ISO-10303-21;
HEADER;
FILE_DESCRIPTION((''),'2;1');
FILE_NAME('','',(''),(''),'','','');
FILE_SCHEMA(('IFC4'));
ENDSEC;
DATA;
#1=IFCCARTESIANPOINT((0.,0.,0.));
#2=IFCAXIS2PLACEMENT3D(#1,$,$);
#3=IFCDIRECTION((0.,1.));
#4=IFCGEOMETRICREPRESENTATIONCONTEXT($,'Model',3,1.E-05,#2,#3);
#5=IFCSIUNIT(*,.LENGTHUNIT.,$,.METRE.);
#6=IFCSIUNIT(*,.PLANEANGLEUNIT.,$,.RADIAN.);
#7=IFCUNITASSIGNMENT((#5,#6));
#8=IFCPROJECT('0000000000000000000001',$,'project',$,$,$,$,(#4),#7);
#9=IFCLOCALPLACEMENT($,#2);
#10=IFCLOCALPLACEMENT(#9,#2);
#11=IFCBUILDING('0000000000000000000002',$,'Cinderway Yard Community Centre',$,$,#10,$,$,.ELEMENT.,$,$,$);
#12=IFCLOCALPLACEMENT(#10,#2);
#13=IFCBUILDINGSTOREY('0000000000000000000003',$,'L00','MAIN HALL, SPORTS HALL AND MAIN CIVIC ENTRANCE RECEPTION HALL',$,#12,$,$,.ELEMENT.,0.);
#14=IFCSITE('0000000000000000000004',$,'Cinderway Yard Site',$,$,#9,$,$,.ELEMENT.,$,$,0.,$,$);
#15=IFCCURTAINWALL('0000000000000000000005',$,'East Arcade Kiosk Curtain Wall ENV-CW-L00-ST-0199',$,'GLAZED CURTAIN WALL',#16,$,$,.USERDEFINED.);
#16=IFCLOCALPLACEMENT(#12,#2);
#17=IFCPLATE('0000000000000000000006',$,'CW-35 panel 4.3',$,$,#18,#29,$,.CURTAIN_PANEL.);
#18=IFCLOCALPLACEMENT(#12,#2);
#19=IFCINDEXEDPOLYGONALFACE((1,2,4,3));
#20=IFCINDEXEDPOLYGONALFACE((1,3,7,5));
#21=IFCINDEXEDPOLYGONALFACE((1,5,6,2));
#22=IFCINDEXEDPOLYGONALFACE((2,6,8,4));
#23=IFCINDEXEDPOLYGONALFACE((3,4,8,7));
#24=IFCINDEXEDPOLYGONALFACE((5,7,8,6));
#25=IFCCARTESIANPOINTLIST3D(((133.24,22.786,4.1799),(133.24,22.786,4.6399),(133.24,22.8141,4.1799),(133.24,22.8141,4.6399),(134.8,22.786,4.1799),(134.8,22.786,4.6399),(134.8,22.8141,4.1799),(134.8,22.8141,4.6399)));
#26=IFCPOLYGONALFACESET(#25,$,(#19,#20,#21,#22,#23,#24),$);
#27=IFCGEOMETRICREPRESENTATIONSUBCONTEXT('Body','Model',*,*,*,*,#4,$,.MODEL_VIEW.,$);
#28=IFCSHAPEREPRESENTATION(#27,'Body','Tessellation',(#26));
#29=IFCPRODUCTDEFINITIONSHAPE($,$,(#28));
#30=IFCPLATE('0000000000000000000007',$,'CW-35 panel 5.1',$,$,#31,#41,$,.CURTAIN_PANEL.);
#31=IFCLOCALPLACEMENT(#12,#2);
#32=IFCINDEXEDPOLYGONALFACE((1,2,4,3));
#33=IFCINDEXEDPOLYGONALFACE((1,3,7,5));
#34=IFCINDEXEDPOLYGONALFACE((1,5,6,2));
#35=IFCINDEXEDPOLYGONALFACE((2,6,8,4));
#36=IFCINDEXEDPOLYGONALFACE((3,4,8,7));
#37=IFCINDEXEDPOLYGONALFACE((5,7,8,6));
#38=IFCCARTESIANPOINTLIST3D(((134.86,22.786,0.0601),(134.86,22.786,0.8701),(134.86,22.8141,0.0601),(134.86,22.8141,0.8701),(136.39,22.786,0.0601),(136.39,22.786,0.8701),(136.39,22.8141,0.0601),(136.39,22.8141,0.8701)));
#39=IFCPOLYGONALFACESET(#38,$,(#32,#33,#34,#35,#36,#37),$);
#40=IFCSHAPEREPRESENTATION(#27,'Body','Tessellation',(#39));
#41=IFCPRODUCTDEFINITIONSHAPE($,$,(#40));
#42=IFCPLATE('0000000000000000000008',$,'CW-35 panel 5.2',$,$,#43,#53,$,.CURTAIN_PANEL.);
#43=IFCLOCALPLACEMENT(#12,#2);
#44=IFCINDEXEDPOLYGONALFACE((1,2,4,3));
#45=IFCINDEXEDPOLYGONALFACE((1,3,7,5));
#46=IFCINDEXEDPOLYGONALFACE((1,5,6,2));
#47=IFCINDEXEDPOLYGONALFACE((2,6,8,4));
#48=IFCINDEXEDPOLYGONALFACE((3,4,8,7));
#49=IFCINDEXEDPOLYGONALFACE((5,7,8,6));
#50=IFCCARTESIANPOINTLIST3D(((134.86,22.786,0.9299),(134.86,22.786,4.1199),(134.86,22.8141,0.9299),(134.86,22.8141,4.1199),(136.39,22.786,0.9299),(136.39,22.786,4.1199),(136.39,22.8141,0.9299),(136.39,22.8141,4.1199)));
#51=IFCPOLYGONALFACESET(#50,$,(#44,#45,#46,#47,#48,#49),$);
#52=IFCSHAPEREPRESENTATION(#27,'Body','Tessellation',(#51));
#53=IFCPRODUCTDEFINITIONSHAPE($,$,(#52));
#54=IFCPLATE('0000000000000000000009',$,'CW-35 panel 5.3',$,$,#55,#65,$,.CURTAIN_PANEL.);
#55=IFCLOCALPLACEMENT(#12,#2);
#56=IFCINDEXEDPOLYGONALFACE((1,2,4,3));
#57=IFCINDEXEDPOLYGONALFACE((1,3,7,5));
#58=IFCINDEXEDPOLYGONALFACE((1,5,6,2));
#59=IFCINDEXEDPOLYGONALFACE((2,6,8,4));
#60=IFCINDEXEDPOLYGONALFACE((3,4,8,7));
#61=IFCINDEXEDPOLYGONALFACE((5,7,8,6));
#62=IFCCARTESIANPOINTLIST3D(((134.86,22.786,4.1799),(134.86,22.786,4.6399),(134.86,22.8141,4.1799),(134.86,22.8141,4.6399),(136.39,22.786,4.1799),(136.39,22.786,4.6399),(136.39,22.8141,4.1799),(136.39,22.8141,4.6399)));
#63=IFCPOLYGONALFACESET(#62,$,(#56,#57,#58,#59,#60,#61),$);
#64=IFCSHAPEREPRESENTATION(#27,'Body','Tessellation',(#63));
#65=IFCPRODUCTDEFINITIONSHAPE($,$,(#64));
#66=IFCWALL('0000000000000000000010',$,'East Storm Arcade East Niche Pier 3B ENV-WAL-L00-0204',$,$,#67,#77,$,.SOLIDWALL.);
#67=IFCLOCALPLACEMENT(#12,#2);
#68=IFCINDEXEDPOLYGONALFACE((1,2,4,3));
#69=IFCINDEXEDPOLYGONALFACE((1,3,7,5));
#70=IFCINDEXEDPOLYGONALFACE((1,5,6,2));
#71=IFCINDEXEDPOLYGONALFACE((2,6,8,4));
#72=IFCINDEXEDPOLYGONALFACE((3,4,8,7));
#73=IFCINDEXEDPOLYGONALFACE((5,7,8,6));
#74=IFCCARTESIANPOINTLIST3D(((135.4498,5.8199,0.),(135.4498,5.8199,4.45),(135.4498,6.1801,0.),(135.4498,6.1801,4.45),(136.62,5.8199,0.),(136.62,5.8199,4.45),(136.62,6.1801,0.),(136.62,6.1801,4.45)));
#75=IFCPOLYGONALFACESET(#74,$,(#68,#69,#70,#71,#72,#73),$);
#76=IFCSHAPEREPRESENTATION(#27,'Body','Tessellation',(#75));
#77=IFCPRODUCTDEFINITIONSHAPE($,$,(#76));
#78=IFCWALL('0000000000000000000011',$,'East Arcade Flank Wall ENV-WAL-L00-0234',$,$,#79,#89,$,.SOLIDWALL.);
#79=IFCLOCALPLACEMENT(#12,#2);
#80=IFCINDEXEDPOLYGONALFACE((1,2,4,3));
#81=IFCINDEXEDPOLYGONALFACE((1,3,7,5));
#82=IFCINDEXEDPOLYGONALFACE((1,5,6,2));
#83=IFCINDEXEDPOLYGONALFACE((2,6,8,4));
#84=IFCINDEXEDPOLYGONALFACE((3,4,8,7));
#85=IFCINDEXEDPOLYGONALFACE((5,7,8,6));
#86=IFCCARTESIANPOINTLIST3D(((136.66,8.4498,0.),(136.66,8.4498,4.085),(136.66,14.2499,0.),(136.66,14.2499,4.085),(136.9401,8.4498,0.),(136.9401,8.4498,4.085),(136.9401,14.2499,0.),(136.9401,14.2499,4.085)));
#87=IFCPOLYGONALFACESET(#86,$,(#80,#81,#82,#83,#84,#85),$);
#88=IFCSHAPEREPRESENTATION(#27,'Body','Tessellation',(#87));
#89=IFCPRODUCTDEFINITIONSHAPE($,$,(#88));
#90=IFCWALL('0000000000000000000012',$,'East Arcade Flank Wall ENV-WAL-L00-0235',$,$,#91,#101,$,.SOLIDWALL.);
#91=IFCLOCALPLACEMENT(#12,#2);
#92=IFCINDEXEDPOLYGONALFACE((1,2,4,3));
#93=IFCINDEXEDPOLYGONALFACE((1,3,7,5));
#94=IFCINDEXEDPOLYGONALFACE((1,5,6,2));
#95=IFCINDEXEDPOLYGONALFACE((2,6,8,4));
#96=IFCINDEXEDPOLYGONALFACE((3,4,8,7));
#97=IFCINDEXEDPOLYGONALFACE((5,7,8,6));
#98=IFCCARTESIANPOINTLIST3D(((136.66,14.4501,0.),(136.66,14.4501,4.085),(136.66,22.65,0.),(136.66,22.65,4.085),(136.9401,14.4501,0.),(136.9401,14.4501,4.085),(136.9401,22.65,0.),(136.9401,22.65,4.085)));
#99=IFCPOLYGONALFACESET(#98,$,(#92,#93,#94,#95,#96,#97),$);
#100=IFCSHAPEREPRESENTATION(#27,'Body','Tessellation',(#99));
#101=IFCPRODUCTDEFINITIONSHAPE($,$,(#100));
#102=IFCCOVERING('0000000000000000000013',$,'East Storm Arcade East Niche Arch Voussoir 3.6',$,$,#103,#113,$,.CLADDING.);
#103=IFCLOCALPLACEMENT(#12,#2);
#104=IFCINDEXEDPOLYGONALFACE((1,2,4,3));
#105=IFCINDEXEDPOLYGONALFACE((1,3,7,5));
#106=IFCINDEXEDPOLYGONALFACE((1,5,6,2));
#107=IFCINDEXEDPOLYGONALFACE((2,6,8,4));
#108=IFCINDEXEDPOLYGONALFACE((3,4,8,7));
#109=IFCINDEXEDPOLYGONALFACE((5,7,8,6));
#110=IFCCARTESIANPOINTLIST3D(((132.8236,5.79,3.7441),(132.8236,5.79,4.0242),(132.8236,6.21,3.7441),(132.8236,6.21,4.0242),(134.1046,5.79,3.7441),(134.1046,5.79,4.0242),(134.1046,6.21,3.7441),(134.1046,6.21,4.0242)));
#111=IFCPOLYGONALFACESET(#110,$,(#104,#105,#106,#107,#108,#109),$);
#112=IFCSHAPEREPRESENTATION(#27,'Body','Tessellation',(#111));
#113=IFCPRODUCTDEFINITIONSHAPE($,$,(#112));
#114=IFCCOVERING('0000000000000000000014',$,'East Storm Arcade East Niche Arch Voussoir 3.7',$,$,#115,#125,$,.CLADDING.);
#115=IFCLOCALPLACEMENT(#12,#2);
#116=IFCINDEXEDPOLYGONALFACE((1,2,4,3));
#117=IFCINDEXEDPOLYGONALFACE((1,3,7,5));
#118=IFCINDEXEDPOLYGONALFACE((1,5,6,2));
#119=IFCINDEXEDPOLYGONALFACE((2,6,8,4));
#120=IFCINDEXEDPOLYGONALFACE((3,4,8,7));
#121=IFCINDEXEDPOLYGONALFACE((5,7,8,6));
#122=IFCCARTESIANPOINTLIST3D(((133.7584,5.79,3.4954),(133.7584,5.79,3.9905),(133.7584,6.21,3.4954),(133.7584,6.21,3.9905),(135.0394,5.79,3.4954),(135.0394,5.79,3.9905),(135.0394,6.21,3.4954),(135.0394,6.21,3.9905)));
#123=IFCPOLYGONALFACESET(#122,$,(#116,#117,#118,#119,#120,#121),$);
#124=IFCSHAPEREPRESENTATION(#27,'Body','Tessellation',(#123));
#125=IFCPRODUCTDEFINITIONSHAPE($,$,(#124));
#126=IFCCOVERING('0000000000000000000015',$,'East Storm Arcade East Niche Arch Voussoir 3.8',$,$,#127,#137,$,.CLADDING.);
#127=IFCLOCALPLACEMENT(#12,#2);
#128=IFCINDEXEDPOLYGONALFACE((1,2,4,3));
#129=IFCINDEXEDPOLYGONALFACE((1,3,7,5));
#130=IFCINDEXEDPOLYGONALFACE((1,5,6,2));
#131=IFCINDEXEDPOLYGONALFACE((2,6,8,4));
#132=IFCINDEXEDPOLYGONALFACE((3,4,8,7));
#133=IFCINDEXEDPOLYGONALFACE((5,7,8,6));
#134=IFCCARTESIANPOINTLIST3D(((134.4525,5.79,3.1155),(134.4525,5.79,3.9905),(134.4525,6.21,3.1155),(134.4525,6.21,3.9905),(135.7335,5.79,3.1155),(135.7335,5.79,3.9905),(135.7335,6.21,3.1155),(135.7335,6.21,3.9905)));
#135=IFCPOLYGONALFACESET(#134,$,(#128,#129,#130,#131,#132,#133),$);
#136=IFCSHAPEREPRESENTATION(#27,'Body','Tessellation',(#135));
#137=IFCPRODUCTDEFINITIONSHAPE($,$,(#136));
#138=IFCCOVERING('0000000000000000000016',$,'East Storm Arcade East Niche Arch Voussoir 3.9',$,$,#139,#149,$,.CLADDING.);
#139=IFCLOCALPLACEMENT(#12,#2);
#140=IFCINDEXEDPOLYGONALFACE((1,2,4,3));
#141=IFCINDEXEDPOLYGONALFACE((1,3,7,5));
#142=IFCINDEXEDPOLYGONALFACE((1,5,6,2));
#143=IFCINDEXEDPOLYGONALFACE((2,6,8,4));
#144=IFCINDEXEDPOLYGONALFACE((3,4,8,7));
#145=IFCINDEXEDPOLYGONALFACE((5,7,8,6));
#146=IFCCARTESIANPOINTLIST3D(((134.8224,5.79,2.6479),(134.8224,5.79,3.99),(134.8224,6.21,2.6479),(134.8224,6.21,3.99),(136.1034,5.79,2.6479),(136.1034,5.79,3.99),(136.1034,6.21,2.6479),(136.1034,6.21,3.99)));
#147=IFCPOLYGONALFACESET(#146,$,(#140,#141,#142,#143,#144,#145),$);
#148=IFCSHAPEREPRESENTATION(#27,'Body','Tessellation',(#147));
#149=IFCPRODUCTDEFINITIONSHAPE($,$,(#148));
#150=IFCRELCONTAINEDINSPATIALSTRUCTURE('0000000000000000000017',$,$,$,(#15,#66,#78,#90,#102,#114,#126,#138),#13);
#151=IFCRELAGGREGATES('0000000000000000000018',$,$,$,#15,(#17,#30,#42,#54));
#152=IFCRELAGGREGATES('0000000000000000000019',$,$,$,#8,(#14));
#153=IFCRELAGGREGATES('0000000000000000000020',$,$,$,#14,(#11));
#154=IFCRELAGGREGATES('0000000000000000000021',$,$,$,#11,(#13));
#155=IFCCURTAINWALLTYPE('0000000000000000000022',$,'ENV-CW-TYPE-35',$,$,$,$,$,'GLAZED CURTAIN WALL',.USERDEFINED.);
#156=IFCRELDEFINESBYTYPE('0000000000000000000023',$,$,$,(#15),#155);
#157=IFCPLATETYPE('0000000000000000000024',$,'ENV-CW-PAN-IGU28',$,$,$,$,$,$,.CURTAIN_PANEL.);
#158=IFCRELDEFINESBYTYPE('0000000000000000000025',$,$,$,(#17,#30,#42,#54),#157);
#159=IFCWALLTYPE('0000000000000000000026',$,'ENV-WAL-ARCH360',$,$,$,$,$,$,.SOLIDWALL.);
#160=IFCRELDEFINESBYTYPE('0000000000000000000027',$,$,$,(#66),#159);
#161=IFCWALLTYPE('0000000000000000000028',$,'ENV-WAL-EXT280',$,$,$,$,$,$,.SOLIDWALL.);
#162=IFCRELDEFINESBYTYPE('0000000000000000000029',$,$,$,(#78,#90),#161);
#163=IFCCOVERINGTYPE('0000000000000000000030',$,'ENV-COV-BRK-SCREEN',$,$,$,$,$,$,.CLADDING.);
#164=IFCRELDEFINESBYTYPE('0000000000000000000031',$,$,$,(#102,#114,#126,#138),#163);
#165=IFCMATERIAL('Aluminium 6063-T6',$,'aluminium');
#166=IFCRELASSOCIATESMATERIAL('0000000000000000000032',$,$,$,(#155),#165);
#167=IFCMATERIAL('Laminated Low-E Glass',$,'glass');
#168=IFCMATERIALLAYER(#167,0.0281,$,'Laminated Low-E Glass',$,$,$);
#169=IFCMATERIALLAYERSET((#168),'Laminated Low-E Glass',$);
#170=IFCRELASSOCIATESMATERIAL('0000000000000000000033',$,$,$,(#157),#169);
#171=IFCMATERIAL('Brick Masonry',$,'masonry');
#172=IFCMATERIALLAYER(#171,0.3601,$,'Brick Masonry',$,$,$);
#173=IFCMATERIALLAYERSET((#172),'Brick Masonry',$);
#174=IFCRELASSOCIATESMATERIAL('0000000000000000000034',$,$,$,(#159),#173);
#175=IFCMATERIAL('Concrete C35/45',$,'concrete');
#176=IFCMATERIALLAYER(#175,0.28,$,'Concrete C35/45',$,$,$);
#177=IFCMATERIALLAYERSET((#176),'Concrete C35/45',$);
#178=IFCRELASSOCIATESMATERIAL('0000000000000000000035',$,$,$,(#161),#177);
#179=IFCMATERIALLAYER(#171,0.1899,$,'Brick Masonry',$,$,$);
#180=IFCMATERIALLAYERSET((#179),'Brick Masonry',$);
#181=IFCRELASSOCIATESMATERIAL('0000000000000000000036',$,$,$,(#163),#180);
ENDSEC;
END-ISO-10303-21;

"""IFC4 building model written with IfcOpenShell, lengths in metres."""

from ifc_helpers import new_model, si_unit, direction, frame, frame_2d, origin, origin_2d, place, context, subcontext, project, spatial, rectangle, extrude, material, layer, layer_set, type_object, element, aggregate, save


model = new_model("IFC4")

# Units and contexts
model_context = context("Model", 3, precision=1e-05, world=origin(), true_north=direction((0.0, 1.0)))
body_context = subcontext(model_context, "Body", "Model", "MODEL_VIEW")
ifc_project = project(units=[si_unit("LENGTHUNIT", "METRE"), si_unit("PLANEANGLEUNIT", "RADIAN")], contexts=[model_context])

# Site, building, storey
site_placement = place(None, origin())
site = spatial("IfcSite", under=ifc_project, at=site_placement, Name="Cinderway Yard Site", CompositionType="ELEMENT", RefElevation=0.0)
building_placement = place(site_placement, origin())
building = spatial("IfcBuilding", under=site, at=building_placement, Name="Cinderway Yard Community Centre", CompositionType="ELEMENT")
storey_placement = place(building_placement, origin())
storey = spatial("IfcBuildingStorey", under=building, at=storey_placement, Name="L00", Description="MAIN HALL, SPORTS HALL AND MAIN CIVIC ENTRANCE RECEPTION HALL", CompositionType="ELEMENT", Elevation=0.0)

# Curtain wall, plates
ifc_material_1 = material(Name="Aluminium 6063-T6", Category="aluminium")
curtain_wall_type = type_object("IfcCurtainWallType", Name="ENV-CW-TYPE-35", ElementType="GLAZED CURTAIN WALL", PredefinedType="USERDEFINED", material=ifc_material_1)
curtain_wall_placement = place(storey_placement, origin())
curtain_wall = element("IfcCurtainWall", 1, at=curtain_wall_placement, inside=storey, type_object=curtain_wall_type, Name="East Arcade Kiosk Curtain Wall ENV-CW-L00-ST-0199", ObjectType="GLAZED CURTAIN WALL", PredefinedType="USERDEFINED")
ifc_material_2 = material(Name="Laminated Low-E Glass", Category="glass")
ifc_layer_1 = layer(ifc_material_2, 0.0281, Name="Laminated Low-E Glass")
ifc_layer_set_1 = layer_set([ifc_layer_1], Name="Laminated Low-E Glass")
plate_type = type_object("IfcPlateType", Name="ENV-CW-PAN-IGU28", PredefinedType="CURTAIN_PANEL", material=ifc_layer_set_1)
plate_1_placement = place(storey_placement, frame((134.02, 22.8, 4.1799), z_axis=(0.0, 0.0, 1.0), x_axis=(1.0, 0.0, 0.0)))
plate_1 = element("IfcPlate", 2, at=plate_1_placement, type_object=plate_type, Name="CW-35 panel 4.3", PredefinedType="CURTAIN_PANEL", context=body_context, shape_type="SweptSolid", body=[
    extrude(rectangle(XDim=1.5601, YDim=0.0281, at=origin_2d()), origin(), (0.0, 0.0, 1.0), 0.46),
])
plate_2_placement = place(storey_placement, frame((135.625, 22.8, 0.0601), z_axis=(0.0, 0.0, 1.0), x_axis=(1.0, 0.0, 0.0)))
plate_2 = element("IfcPlate", 3, at=plate_2_placement, type_object=plate_type, Name="CW-35 panel 5.1", PredefinedType="CURTAIN_PANEL", context=body_context, shape_type="SweptSolid", body=[
    extrude(rectangle(XDim=1.53, YDim=0.0281, at=origin_2d()), origin(), (0.0, 0.0, 1.0), 0.8101),
])
plate_3_placement = place(storey_placement, frame((135.625, 22.8, 0.9299), z_axis=(0.0, 0.0, 1.0), x_axis=(1.0, 0.0, 0.0)))
plate_3 = element("IfcPlate", 4, at=plate_3_placement, type_object=plate_type, Name="CW-35 panel 5.2", PredefinedType="CURTAIN_PANEL", context=body_context, shape_type="SweptSolid", body=[
    extrude(rectangle(XDim=1.53, YDim=0.0281, at=origin_2d()), origin(), (0.0, 0.0, 1.0), 3.1899),
])
plate_4_placement = place(storey_placement, frame((135.625, 22.8, 4.1799), z_axis=(0.0, 0.0, 1.0), x_axis=(1.0, 0.0, 0.0)))
plate_4 = element("IfcPlate", 5, at=plate_4_placement, type_object=plate_type, Name="CW-35 panel 5.3", PredefinedType="CURTAIN_PANEL", context=body_context, shape_type="SweptSolid", body=[
    extrude(rectangle(XDim=1.53, YDim=0.0281, at=origin_2d()), origin(), (0.0, 0.0, 1.0), 0.46),
])
aggregate(curtain_wall, [plate_1, plate_2, plate_3, plate_4])

# Walls
ifc_material_3 = material(Name="Brick Masonry", Category="masonry")
ifc_layer_2 = layer(ifc_material_3, 0.3601, Name="Brick Masonry")
ifc_layer_set_2 = layer_set([ifc_layer_2], Name="Brick Masonry")
wall_type_1 = type_object("IfcWallType", Name="ENV-WAL-ARCH360", PredefinedType="SOLIDWALL", material=ifc_layer_set_2)
wall_1_placement = place(storey_placement, frame((135.45, 6.0, 0.0), z_axis=(0.0, 0.0, 1.0), x_axis=(1.0, 0.0, 0.0)))
element("IfcWall", 6, at=wall_1_placement, inside=storey, type_object=wall_type_1, Name="East Storm Arcade East Niche Pier 3B ENV-WAL-L00-0204", PredefinedType="SOLIDWALL", context=body_context, shape_type="SweptSolid", body=[
    extrude(rectangle(XDim=1.1702, YDim=0.3601, at=frame_2d((0.585, 0.0))), origin(), (0.0, 0.0, 1.0), 4.45),
])
ifc_material_4 = material(Name="Concrete C35/45", Category="concrete")
ifc_layer_3 = layer(ifc_material_4, 0.28, Name="Concrete C35/45")
ifc_layer_set_3 = layer_set([ifc_layer_3], Name="Concrete C35/45")
wall_type_2 = type_object("IfcWallType", Name="ENV-WAL-EXT280", PredefinedType="SOLIDWALL", material=ifc_layer_set_3)
wall_2_placement = place(storey_placement, frame((136.8, 8.45, 0.0), z_axis=(0.0, 0.0, 1.0), x_axis=(0.0, 1.0, 0.0)))
element("IfcWall", 7, at=wall_2_placement, inside=storey, type_object=wall_type_2, Name="East Arcade Flank Wall ENV-WAL-L00-0234", PredefinedType="SOLIDWALL", context=body_context, shape_type="SweptSolid", body=[
    extrude(rectangle(XDim=5.8, YDim=0.28, at=frame_2d((2.8999, 0.0))), origin(), (0.0, 0.0, 1.0), 4.085),
])
wall_3_placement = place(storey_placement, frame((136.8, 14.45, 0.0), z_axis=(0.0, 0.0, 1.0), x_axis=(0.0, 1.0, 0.0)))
element("IfcWall", 8, at=wall_3_placement, inside=storey, type_object=wall_type_2, Name="East Arcade Flank Wall ENV-WAL-L00-0235", PredefinedType="SOLIDWALL", context=body_context, shape_type="SweptSolid", body=[
    extrude(rectangle(XDim=8.2, YDim=0.28, at=frame_2d((4.1001, 0.0))), origin(), (0.0, 0.0, 1.0), 4.085),
])

# Coverings
ifc_layer_4 = layer(ifc_material_3, 0.1899, Name="Brick Masonry")
ifc_layer_set_4 = layer_set([ifc_layer_4], Name="Brick Masonry")
covering_type = type_object("IfcCoveringType", Name="ENV-COV-BRK-SCREEN", PredefinedType="CLADDING", material=ifc_layer_set_4)
covering_1_placement = place(storey_placement, frame((133.4641, 6.0, 3.7441), z_axis=(0.0, 0.0, 1.0), x_axis=(1.0, 0.0, 0.0)))
element("IfcCovering", 9, at=covering_1_placement, inside=storey, type_object=covering_type, Name="East Storm Arcade East Niche Arch Voussoir 3.6", PredefinedType="CLADDING", context=body_context, shape_type="SweptSolid", body=[
    extrude(rectangle(XDim=1.281, YDim=0.4199, at=origin_2d()), origin(), (0.0, 0.0, 1.0), 0.28),
])
covering_2_placement = place(storey_placement, frame((134.3989, 6.0, 3.4954), z_axis=(0.0, 0.0, 1.0), x_axis=(1.0, 0.0, 0.0)))
element("IfcCovering", 10, at=covering_2_placement, inside=storey, type_object=covering_type, Name="East Storm Arcade East Niche Arch Voussoir 3.7", PredefinedType="CLADDING", context=body_context, shape_type="SweptSolid", body=[
    extrude(rectangle(XDim=1.281, YDim=0.4199, at=origin_2d()), origin(), (0.0, 0.0, 1.0), 0.4951),
])
covering_3_placement = place(storey_placement, frame((135.093, 6.0, 3.1155), z_axis=(0.0, 0.0, 1.0), x_axis=(1.0, 0.0, 0.0)))
element("IfcCovering", 11, at=covering_3_placement, inside=storey, type_object=covering_type, Name="East Storm Arcade East Niche Arch Voussoir 3.8", PredefinedType="CLADDING", context=body_context, shape_type="SweptSolid", body=[
    extrude(rectangle(XDim=1.281, YDim=0.4199, at=origin_2d()), origin(), (0.0, 0.0, 1.0), 0.875),
])
covering_4_placement = place(storey_placement, frame((135.4629, 6.0, 2.6479), z_axis=(0.0, 0.0, 1.0), x_axis=(1.0, 0.0, 0.0)))
element("IfcCovering", 12, at=covering_4_placement, inside=storey, type_object=covering_type, Name="East Storm Arcade East Niche Arch Voussoir 3.9", PredefinedType="CLADDING", context=body_context, shape_type="SweptSolid", body=[
    extrude(rectangle(XDim=1.281, YDim=0.4199, at=origin_2d()), origin(), (0.0, 0.0, 1.0), 1.342),
])

save(model, "model.ifc")
